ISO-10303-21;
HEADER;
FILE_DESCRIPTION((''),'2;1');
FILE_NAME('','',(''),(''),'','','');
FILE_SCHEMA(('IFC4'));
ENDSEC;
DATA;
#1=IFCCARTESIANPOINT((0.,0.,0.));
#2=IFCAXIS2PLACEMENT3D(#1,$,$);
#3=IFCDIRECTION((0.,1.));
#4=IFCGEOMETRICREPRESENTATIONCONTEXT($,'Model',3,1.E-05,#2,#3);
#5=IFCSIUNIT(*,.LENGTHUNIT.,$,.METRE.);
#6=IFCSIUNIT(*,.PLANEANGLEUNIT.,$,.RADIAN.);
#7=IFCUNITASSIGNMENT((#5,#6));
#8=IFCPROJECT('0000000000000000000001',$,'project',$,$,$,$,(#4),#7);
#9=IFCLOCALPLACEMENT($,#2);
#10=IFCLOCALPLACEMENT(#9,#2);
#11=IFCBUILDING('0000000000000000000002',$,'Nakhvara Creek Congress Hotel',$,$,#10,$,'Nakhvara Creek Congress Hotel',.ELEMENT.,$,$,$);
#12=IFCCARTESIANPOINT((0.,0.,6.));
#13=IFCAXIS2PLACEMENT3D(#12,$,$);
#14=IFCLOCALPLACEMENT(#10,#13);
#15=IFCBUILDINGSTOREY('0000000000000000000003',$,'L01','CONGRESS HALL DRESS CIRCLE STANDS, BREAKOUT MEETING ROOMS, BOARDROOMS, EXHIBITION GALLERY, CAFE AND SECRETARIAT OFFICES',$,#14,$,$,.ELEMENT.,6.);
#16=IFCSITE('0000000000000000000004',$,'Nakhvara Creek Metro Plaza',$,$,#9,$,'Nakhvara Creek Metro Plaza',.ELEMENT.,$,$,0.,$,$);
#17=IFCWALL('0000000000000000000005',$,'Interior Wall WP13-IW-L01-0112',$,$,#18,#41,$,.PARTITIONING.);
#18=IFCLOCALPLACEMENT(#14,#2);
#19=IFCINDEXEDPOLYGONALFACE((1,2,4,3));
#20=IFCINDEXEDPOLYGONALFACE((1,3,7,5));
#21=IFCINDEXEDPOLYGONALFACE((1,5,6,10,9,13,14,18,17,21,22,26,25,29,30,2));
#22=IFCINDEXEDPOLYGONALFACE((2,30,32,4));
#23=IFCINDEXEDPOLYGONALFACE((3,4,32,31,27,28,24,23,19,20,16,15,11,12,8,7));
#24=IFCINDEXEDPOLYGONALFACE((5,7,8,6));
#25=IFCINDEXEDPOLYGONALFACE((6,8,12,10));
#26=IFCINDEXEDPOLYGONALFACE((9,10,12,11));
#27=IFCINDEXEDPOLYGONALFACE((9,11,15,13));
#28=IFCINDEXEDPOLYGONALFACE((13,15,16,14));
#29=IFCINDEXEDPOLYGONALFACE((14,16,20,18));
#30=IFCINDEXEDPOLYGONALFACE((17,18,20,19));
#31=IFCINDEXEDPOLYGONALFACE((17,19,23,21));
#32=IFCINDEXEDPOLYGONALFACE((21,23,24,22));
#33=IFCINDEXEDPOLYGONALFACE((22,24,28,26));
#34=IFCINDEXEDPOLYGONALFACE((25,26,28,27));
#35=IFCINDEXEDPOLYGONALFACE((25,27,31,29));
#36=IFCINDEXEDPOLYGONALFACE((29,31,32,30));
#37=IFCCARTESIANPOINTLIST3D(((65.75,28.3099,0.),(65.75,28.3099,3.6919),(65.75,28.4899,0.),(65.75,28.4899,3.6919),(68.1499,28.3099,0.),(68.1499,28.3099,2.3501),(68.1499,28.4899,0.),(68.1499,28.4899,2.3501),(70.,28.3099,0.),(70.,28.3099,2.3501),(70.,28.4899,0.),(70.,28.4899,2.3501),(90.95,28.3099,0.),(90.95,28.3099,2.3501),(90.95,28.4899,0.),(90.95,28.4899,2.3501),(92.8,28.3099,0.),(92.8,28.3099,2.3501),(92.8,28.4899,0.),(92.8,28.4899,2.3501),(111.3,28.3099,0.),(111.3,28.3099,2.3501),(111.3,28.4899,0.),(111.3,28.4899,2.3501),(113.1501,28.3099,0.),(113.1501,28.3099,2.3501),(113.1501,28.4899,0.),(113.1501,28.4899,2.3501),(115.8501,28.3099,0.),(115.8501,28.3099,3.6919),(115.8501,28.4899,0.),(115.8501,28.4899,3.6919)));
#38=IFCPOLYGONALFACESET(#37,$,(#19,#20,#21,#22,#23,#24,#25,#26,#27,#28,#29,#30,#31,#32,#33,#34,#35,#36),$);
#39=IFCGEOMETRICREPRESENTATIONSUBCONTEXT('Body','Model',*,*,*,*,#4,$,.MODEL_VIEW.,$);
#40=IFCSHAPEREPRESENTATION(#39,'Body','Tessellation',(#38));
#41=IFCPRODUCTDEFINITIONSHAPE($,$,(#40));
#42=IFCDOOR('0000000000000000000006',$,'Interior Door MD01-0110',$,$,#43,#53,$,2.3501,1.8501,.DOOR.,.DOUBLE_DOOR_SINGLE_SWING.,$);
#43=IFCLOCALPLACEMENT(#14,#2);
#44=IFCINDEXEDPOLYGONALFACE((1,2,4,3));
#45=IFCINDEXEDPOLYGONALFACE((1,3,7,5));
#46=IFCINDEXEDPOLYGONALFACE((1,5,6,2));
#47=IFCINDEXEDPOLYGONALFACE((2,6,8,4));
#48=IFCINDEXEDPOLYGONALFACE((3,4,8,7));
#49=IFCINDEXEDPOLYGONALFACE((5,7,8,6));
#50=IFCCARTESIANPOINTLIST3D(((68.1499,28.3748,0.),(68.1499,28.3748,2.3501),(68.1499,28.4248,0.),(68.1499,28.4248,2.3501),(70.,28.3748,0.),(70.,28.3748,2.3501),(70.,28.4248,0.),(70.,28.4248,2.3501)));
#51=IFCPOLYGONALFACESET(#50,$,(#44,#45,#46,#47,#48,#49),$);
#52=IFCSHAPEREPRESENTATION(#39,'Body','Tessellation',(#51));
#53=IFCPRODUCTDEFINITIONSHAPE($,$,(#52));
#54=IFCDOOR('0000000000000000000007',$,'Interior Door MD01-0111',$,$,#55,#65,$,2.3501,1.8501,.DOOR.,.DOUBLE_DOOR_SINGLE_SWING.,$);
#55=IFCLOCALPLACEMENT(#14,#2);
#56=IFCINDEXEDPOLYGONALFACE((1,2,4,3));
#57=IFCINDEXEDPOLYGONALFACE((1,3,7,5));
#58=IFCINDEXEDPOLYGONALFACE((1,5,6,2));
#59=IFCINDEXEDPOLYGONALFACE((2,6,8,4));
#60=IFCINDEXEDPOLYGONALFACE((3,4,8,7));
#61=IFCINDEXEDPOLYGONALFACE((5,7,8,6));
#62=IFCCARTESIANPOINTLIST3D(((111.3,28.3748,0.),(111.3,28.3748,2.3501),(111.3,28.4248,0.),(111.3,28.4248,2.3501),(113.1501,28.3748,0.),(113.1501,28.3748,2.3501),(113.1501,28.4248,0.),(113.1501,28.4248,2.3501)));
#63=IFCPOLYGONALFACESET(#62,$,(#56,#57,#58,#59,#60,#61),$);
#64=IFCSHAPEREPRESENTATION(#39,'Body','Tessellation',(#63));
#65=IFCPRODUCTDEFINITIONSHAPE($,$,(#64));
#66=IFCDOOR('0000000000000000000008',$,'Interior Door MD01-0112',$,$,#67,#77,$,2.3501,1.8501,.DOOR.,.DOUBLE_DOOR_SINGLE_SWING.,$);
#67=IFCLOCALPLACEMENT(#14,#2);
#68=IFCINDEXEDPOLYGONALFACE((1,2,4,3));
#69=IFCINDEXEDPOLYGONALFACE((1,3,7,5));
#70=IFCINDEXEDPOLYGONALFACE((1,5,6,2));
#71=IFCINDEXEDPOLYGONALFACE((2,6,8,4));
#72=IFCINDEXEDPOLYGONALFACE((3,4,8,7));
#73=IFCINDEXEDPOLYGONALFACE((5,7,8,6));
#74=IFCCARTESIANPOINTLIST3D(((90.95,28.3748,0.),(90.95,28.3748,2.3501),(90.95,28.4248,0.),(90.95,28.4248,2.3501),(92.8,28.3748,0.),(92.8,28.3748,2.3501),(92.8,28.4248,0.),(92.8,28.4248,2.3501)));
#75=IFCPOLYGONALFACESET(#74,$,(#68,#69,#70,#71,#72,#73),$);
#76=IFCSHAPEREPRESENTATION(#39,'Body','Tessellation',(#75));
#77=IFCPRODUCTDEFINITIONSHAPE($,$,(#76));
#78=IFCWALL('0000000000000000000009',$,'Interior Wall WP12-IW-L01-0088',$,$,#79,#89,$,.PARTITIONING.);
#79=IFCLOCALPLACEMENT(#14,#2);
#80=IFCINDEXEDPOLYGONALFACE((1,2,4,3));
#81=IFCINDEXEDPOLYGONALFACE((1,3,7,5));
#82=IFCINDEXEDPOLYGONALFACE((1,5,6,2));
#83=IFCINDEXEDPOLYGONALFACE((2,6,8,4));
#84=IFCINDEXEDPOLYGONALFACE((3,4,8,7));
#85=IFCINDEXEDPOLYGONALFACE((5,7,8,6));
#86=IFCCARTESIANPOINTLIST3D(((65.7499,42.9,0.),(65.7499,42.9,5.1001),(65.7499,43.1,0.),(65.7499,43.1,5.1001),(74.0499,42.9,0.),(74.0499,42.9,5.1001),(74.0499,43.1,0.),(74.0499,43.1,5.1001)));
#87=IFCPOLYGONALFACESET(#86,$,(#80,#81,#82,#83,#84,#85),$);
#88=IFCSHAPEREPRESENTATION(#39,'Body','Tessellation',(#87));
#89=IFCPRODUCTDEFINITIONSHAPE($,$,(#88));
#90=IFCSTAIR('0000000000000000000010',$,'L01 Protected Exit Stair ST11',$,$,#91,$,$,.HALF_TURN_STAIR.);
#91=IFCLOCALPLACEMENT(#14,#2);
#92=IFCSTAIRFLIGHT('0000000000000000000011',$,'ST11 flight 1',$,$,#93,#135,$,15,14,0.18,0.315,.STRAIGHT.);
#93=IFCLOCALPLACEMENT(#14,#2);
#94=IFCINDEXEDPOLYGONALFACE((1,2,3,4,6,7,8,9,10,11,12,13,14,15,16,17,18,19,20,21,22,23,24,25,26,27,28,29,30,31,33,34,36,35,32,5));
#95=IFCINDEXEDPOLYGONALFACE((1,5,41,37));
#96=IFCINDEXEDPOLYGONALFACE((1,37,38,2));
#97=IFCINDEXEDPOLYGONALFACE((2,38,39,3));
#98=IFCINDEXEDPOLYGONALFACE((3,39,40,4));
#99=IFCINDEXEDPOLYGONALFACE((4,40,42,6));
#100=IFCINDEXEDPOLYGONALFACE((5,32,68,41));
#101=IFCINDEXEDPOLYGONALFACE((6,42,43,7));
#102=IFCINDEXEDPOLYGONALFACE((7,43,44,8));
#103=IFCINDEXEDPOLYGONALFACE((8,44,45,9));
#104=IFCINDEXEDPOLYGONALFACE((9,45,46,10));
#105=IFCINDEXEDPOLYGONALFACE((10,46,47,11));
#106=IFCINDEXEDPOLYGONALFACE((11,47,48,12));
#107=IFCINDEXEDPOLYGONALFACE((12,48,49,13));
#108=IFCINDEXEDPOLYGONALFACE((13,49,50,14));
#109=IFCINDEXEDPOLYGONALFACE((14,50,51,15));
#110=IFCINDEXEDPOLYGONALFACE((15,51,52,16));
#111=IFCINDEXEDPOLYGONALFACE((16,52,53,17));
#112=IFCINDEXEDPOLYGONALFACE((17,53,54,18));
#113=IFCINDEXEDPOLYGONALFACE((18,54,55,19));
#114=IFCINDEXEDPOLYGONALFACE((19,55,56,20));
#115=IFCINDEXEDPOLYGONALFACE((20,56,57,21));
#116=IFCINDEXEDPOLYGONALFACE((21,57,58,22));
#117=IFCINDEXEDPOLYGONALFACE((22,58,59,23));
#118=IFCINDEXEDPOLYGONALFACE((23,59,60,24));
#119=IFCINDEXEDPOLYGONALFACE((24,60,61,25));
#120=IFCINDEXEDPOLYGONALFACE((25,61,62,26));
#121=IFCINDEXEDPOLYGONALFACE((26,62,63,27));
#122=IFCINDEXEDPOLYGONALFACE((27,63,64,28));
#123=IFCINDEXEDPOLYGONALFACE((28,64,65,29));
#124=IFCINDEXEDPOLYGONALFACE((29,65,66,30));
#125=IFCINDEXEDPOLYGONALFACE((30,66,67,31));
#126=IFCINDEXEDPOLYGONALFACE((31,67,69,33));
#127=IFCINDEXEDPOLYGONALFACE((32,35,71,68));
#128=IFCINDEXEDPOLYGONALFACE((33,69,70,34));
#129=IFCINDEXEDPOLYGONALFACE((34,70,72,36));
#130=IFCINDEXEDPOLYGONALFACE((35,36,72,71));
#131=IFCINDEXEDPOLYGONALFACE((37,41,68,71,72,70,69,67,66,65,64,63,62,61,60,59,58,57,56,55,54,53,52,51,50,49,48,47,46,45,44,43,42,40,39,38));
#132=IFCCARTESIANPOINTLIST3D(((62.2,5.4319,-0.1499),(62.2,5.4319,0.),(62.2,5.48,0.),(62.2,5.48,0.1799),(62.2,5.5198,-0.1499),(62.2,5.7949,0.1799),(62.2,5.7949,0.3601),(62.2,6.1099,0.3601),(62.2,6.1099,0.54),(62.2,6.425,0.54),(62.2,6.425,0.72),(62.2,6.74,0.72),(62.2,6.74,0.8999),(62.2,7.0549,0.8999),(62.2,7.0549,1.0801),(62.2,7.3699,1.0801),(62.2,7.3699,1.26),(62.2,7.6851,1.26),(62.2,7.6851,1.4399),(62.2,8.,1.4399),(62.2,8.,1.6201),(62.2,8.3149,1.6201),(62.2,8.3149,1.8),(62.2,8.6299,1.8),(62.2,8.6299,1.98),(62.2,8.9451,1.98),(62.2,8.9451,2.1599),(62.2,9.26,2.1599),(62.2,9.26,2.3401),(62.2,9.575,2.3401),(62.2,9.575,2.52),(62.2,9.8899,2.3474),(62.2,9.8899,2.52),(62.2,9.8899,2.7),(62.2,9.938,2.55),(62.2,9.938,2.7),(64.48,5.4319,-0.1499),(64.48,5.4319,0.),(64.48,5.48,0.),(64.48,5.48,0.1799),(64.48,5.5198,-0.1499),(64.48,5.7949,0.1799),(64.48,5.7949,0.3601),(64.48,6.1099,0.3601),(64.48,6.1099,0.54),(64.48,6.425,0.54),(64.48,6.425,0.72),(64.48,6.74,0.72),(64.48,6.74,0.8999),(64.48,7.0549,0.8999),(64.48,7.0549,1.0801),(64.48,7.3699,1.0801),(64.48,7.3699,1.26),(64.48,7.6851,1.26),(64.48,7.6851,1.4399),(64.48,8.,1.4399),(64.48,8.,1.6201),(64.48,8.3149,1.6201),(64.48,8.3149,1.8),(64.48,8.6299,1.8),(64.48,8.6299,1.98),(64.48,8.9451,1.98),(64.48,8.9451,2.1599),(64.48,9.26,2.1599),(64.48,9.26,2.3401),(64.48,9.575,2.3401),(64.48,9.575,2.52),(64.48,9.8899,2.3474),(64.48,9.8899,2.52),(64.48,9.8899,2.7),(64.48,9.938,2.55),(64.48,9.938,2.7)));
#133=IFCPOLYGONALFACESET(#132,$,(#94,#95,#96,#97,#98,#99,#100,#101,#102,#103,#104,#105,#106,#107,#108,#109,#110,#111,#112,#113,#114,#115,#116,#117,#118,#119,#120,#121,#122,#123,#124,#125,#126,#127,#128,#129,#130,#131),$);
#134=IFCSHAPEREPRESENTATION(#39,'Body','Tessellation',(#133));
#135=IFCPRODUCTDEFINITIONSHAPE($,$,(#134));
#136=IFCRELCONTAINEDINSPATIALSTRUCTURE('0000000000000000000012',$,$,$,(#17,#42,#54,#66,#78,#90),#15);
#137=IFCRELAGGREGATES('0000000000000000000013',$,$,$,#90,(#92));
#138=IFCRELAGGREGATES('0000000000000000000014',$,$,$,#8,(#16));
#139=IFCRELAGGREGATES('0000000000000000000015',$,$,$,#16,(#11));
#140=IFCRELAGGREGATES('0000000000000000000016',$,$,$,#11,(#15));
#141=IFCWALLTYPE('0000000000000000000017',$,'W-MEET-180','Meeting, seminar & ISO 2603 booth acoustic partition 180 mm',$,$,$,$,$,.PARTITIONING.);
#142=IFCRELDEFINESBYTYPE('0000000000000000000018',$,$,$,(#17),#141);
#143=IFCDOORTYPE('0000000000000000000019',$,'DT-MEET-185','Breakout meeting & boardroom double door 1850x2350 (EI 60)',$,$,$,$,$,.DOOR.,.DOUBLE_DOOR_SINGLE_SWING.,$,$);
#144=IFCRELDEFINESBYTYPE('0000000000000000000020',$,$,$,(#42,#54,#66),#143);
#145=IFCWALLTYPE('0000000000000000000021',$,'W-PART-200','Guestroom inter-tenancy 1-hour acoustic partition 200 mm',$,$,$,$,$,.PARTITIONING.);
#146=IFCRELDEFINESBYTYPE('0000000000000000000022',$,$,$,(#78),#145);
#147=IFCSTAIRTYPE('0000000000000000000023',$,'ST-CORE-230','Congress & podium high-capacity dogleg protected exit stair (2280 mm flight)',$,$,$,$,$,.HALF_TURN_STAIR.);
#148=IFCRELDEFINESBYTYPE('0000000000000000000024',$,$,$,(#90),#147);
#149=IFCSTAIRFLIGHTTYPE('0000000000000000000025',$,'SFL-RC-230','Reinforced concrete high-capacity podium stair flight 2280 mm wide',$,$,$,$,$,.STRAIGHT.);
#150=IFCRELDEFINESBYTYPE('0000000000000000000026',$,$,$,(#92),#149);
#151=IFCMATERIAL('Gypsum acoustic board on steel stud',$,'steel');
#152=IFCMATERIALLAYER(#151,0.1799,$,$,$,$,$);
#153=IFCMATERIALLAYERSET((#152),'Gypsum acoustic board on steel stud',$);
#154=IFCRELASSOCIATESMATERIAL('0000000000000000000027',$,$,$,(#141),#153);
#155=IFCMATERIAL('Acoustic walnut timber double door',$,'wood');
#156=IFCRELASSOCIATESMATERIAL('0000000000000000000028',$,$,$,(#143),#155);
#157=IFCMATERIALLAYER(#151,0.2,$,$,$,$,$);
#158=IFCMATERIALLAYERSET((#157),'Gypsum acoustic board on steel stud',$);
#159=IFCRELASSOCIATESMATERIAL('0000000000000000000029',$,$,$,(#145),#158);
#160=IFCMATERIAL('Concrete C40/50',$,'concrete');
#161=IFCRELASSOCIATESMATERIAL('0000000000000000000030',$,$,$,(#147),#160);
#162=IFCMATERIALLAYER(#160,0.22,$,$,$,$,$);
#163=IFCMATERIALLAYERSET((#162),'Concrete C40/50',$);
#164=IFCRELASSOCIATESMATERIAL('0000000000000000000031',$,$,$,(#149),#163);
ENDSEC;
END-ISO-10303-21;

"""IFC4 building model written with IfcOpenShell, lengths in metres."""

from ifc_helpers import new_model, si_unit, direction, frame, frame_2d, origin, place, context, subcontext, project, spatial, polyline, rectangle, outline, extrude, material, layer, layer_set, type_object, element, fill, aggregate, save


model = new_model("IFC4")

# Units and contexts
model_context = context("Model", 3, precision=1e-05, world=origin(), true_north=direction((0.0, 1.0)))
body_context = subcontext(model_context, "Body", "Model", "MODEL_VIEW")
ifc_project = project(units=[si_unit("LENGTHUNIT", "METRE"), si_unit("PLANEANGLEUNIT", "RADIAN")], contexts=[model_context])

# Site, building, storey
site_placement = place(None, origin())
site = spatial("IfcSite", under=ifc_project, at=site_placement, Name="Nakhvara Creek Metro Plaza", LongName="Nakhvara Creek Metro Plaza", CompositionType="ELEMENT", RefElevation=0.0)
building_placement = place(site_placement, origin())
building = spatial("IfcBuilding", under=site, at=building_placement, Name="Nakhvara Creek Congress Hotel", LongName="Nakhvara Creek Congress Hotel", CompositionType="ELEMENT")
storey_placement = place(building_placement, frame((0.0, 0.0, 6.0)))
storey = spatial("IfcBuildingStorey", under=building, at=storey_placement, Name="L01", Description="CONGRESS HALL DRESS CIRCLE STANDS, BREAKOUT MEETING ROOMS, BOARDROOMS, EXHIBITION GALLERY, CAFE AND SECRETARIAT OFFICES", CompositionType="ELEMENT", Elevation=6.0)

# Shared definitions
ifc_material_1 = material(Name="Concrete C40/50", Category="concrete")

# Wall, openings, doors
ifc_material_2 = material(Name="Gypsum acoustic board on steel stud", Category="steel")
ifc_layer_1 = layer(ifc_material_2, 0.1799)
ifc_layer_set_1 = layer_set([ifc_layer_1], Name="Gypsum acoustic board on steel stud")
wall_type_1 = type_object("IfcWallType", Name="W-MEET-180", Description="Meeting, seminar & ISO 2603 booth acoustic partition 180 mm", PredefinedType="PARTITIONING", material=ifc_layer_set_1)
wall_1_placement = place(storey_placement, frame((65.75, 28.3999, 0.0), z_axis=(0.0, 0.0, 1.0), x_axis=(1.0, 0.0, 0.0)))
wall_1 = element("IfcWall", 1, at=wall_1_placement, inside=storey, type_object=wall_type_1, Name="Interior Wall WP13-IW-L01-0112", PredefinedType="PARTITIONING", context=body_context, shape_type="SweptSolid", body=[
    extrude(rectangle(XDim=50.1001, YDim=0.1799, at=frame_2d((25.05, 0.0))), origin(), (0.0, 0.0, 1.0), 3.6919),
])
opening_1_placement = place(wall_1_placement, frame((2.3999, 0.0, 0.0)))
opening_1 = element("IfcOpeningElement", 2, at=opening_1_placement, cuts=wall_1, PredefinedType="OPENING", context=body_context, shape_type="SweptSolid", body=[
    extrude(rectangle(XDim=1.8501, YDim=2.3501, at=frame_2d((0.925, 1.175))), frame((0.0, 0.1021, 0.0), z_axis=(0.0, -1.0, 0.0), x_axis=(1.0, 0.0, 0.0)), (0.0, 0.0, 1.0), 0.2039),
])
opening_2_placement = place(wall_1_placement, frame((45.55, 0.0, 0.0)))
opening_2 = element("IfcOpeningElement", 3, at=opening_2_placement, cuts=wall_1, PredefinedType="OPENING", context=body_context, shape_type="SweptSolid", body=[
    extrude(rectangle(XDim=1.8501, YDim=2.3501, at=frame_2d((0.925, 1.175))), frame((0.0, 0.1021, 0.0), z_axis=(0.0, -1.0, 0.0), x_axis=(1.0, 0.0, 0.0)), (0.0, 0.0, 1.0), 0.2039),
])
opening_3_placement = place(wall_1_placement, frame((25.2, 0.0, 0.0)))
opening_3 = element("IfcOpeningElement", 4, at=opening_3_placement, cuts=wall_1, PredefinedType="OPENING", context=body_context, shape_type="SweptSolid", body=[
    extrude(rectangle(XDim=1.8501, YDim=2.3501, at=frame_2d((0.925, 1.175))), frame((0.0, 0.1021, 0.0), z_axis=(0.0, -1.0, 0.0), x_axis=(1.0, 0.0, 0.0)), (0.0, 0.0, 1.0), 0.2039),
])
ifc_material_3 = material(Name="Acoustic walnut timber double door", Category="wood")
door_type_1 = type_object("IfcDoorType", Name="DT-MEET-185", Description="Breakout meeting & boardroom double door 1850x2350 (EI 60)", OperationType="DOUBLE_DOOR_SINGLE_SWING", PredefinedType="DOOR", material=ifc_material_3)
door_1_placement = place(opening_1_placement, origin())
door_1 = element("IfcDoor", 5, at=door_1_placement, inside=storey, type_object=door_type_1, Name="Interior Door MD01-0110", OperationType="DOUBLE_DOOR_SINGLE_SWING", OverallHeight=2.3501, OverallWidth=1.8501, PredefinedType="DOOR", context=body_context, shape_type="SweptSolid", body=[
    extrude(rectangle(XDim=1.8501, YDim=2.3501, at=frame_2d((0.925, 1.175))), frame((0.0, 0.0249, 0.0), z_axis=(0.0, -1.0, 0.0), x_axis=(1.0, 0.0, 0.0)), (0.0, 0.0, 1.0), 0.05),
])
fill(opening_1, door_1)
door_2_placement = place(opening_2_placement, origin())
door_2 = element("IfcDoor", 6, at=door_2_placement, inside=storey, type_object=door_type_1, Name="Interior Door MD01-0111", OperationType="DOUBLE_DOOR_SINGLE_SWING", OverallHeight=2.3501, OverallWidth=1.8501, PredefinedType="DOOR", context=body_context, shape_type="SweptSolid", body=[
    extrude(rectangle(XDim=1.8501, YDim=2.3501, at=frame_2d((0.925, 1.175))), frame((0.0, 0.0249, 0.0), z_axis=(0.0, -1.0, 0.0), x_axis=(1.0, 0.0, 0.0)), (0.0, 0.0, 1.0), 0.05),
])
fill(opening_2, door_2)
door_3_placement = place(opening_3_placement, origin())
door_3 = element("IfcDoor", 7, at=door_3_placement, inside=storey, type_object=door_type_1, Name="Interior Door MD01-0112", OperationType="DOUBLE_DOOR_SINGLE_SWING", OverallHeight=2.3501, OverallWidth=1.8501, PredefinedType="DOOR", context=body_context, shape_type="SweptSolid", body=[
    extrude(rectangle(XDim=1.8501, YDim=2.3501, at=frame_2d((0.925, 1.175))), frame((0.0, 0.0249, 0.0), z_axis=(0.0, -1.0, 0.0), x_axis=(1.0, 0.0, 0.0)), (0.0, 0.0, 1.0), 0.05),
])
fill(opening_3, door_3)

# Wall
ifc_layer_2 = layer(ifc_material_2, 0.2)
ifc_layer_set_2 = layer_set([ifc_layer_2], Name="Gypsum acoustic board on steel stud")
wall_type_2 = type_object("IfcWallType", Name="W-PART-200", Description="Guestroom inter-tenancy 1-hour acoustic partition 200 mm", PredefinedType="PARTITIONING", material=ifc_layer_set_2)
wall_2_placement = place(storey_placement, frame((65.75, 43.0, 0.0), z_axis=(0.0, 0.0, 1.0), x_axis=(1.0, 0.0, 0.0)))
element("IfcWall", 8, at=wall_2_placement, inside=storey, type_object=wall_type_2, Name="Interior Wall WP12-IW-L01-0088", PredefinedType="PARTITIONING", context=body_context, shape_type="SweptSolid", body=[
    extrude(rectangle(XDim=8.3, YDim=0.2, at=frame_2d((4.1499, 0.0))), origin(), (0.0, 0.0, 1.0), 5.1001),
])

# Stair, stair flight
stair_type = type_object("IfcStairType", Name="ST-CORE-230", Description="Congress & podium high-capacity dogleg protected exit stair (2280 mm flight)", PredefinedType="HALF_TURN_STAIR", material=ifc_material_1)
stair_1_placement = place(storey_placement, origin())
stair_1 = element("IfcStair", 9, at=stair_1_placement, inside=storey, type_object=stair_type, Name="L01 Protected Exit Stair ST11", PredefinedType="HALF_TURN_STAIR")
ifc_layer_3 = layer(ifc_material_1, 0.22)
ifc_layer_set_3 = layer_set([ifc_layer_3], Name="Concrete C40/50")
stair_flight_type = type_object("IfcStairFlightType", Name="SFL-RC-230", Description="Reinforced concrete high-capacity podium stair flight 2280 mm wide", PredefinedType="STRAIGHT", material=ifc_layer_set_3)
stair_flight_1_placement = place(storey_placement, frame((63.3401, 5.48, 0.0), z_axis=(0.0, 0.0, 1.0), x_axis=(0.0, 1.0, 0.0)))
stair_flight_1 = element("IfcStairFlight", 10, at=stair_flight_1_placement, type_object=stair_flight_type, Name="ST11 flight 1", NumberOfRisers=15, NumberOfTreads=14, PredefinedType="STRAIGHT", RiserHeight=0.18, TreadLength=0.315, context=body_context, shape_type="SweptSolid", body=[
    extrude(outline(polyline([(-0.0481, 0.0), (0.0, 0.0), (0.0, 0.1799), (0.3149, 0.1799), (0.3149, 0.3601), (0.6299, 0.3601), (0.6299, 0.54), (0.9451, 0.54), (0.9451, 0.72), (1.26, 0.72), (1.26, 0.8999), (1.575, 0.8999), (1.575, 1.0801), (1.8899, 1.0801), (1.8899, 1.26), (2.2051, 1.26), (2.2051, 1.4399), (2.52, 1.4399), (2.52, 1.6201), (2.835, 1.6201), (2.835, 1.8), (3.1499, 1.8), (3.1499, 1.98), (3.4651, 1.98), (3.4651, 2.1599), (3.78, 2.1599), (3.78, 2.3401), (4.095, 2.3401), (4.095, 2.52), (4.4099, 2.52), (4.4099, 2.7), (4.458, 2.7), (4.458, 2.55), (4.4099, 2.3474), (0.0398, -0.1499), (-0.0481, -0.1499), (-0.0481, 0.0)])), frame((0.0, 1.1401, 0.0), z_axis=(0.0, -1.0, 0.0), x_axis=(1.0, 0.0, 0.0)), (0.0, 0.0, 1.0), 2.28),
])
aggregate(stair_1, [stair_flight_1])

save(model, "model.ifc")
